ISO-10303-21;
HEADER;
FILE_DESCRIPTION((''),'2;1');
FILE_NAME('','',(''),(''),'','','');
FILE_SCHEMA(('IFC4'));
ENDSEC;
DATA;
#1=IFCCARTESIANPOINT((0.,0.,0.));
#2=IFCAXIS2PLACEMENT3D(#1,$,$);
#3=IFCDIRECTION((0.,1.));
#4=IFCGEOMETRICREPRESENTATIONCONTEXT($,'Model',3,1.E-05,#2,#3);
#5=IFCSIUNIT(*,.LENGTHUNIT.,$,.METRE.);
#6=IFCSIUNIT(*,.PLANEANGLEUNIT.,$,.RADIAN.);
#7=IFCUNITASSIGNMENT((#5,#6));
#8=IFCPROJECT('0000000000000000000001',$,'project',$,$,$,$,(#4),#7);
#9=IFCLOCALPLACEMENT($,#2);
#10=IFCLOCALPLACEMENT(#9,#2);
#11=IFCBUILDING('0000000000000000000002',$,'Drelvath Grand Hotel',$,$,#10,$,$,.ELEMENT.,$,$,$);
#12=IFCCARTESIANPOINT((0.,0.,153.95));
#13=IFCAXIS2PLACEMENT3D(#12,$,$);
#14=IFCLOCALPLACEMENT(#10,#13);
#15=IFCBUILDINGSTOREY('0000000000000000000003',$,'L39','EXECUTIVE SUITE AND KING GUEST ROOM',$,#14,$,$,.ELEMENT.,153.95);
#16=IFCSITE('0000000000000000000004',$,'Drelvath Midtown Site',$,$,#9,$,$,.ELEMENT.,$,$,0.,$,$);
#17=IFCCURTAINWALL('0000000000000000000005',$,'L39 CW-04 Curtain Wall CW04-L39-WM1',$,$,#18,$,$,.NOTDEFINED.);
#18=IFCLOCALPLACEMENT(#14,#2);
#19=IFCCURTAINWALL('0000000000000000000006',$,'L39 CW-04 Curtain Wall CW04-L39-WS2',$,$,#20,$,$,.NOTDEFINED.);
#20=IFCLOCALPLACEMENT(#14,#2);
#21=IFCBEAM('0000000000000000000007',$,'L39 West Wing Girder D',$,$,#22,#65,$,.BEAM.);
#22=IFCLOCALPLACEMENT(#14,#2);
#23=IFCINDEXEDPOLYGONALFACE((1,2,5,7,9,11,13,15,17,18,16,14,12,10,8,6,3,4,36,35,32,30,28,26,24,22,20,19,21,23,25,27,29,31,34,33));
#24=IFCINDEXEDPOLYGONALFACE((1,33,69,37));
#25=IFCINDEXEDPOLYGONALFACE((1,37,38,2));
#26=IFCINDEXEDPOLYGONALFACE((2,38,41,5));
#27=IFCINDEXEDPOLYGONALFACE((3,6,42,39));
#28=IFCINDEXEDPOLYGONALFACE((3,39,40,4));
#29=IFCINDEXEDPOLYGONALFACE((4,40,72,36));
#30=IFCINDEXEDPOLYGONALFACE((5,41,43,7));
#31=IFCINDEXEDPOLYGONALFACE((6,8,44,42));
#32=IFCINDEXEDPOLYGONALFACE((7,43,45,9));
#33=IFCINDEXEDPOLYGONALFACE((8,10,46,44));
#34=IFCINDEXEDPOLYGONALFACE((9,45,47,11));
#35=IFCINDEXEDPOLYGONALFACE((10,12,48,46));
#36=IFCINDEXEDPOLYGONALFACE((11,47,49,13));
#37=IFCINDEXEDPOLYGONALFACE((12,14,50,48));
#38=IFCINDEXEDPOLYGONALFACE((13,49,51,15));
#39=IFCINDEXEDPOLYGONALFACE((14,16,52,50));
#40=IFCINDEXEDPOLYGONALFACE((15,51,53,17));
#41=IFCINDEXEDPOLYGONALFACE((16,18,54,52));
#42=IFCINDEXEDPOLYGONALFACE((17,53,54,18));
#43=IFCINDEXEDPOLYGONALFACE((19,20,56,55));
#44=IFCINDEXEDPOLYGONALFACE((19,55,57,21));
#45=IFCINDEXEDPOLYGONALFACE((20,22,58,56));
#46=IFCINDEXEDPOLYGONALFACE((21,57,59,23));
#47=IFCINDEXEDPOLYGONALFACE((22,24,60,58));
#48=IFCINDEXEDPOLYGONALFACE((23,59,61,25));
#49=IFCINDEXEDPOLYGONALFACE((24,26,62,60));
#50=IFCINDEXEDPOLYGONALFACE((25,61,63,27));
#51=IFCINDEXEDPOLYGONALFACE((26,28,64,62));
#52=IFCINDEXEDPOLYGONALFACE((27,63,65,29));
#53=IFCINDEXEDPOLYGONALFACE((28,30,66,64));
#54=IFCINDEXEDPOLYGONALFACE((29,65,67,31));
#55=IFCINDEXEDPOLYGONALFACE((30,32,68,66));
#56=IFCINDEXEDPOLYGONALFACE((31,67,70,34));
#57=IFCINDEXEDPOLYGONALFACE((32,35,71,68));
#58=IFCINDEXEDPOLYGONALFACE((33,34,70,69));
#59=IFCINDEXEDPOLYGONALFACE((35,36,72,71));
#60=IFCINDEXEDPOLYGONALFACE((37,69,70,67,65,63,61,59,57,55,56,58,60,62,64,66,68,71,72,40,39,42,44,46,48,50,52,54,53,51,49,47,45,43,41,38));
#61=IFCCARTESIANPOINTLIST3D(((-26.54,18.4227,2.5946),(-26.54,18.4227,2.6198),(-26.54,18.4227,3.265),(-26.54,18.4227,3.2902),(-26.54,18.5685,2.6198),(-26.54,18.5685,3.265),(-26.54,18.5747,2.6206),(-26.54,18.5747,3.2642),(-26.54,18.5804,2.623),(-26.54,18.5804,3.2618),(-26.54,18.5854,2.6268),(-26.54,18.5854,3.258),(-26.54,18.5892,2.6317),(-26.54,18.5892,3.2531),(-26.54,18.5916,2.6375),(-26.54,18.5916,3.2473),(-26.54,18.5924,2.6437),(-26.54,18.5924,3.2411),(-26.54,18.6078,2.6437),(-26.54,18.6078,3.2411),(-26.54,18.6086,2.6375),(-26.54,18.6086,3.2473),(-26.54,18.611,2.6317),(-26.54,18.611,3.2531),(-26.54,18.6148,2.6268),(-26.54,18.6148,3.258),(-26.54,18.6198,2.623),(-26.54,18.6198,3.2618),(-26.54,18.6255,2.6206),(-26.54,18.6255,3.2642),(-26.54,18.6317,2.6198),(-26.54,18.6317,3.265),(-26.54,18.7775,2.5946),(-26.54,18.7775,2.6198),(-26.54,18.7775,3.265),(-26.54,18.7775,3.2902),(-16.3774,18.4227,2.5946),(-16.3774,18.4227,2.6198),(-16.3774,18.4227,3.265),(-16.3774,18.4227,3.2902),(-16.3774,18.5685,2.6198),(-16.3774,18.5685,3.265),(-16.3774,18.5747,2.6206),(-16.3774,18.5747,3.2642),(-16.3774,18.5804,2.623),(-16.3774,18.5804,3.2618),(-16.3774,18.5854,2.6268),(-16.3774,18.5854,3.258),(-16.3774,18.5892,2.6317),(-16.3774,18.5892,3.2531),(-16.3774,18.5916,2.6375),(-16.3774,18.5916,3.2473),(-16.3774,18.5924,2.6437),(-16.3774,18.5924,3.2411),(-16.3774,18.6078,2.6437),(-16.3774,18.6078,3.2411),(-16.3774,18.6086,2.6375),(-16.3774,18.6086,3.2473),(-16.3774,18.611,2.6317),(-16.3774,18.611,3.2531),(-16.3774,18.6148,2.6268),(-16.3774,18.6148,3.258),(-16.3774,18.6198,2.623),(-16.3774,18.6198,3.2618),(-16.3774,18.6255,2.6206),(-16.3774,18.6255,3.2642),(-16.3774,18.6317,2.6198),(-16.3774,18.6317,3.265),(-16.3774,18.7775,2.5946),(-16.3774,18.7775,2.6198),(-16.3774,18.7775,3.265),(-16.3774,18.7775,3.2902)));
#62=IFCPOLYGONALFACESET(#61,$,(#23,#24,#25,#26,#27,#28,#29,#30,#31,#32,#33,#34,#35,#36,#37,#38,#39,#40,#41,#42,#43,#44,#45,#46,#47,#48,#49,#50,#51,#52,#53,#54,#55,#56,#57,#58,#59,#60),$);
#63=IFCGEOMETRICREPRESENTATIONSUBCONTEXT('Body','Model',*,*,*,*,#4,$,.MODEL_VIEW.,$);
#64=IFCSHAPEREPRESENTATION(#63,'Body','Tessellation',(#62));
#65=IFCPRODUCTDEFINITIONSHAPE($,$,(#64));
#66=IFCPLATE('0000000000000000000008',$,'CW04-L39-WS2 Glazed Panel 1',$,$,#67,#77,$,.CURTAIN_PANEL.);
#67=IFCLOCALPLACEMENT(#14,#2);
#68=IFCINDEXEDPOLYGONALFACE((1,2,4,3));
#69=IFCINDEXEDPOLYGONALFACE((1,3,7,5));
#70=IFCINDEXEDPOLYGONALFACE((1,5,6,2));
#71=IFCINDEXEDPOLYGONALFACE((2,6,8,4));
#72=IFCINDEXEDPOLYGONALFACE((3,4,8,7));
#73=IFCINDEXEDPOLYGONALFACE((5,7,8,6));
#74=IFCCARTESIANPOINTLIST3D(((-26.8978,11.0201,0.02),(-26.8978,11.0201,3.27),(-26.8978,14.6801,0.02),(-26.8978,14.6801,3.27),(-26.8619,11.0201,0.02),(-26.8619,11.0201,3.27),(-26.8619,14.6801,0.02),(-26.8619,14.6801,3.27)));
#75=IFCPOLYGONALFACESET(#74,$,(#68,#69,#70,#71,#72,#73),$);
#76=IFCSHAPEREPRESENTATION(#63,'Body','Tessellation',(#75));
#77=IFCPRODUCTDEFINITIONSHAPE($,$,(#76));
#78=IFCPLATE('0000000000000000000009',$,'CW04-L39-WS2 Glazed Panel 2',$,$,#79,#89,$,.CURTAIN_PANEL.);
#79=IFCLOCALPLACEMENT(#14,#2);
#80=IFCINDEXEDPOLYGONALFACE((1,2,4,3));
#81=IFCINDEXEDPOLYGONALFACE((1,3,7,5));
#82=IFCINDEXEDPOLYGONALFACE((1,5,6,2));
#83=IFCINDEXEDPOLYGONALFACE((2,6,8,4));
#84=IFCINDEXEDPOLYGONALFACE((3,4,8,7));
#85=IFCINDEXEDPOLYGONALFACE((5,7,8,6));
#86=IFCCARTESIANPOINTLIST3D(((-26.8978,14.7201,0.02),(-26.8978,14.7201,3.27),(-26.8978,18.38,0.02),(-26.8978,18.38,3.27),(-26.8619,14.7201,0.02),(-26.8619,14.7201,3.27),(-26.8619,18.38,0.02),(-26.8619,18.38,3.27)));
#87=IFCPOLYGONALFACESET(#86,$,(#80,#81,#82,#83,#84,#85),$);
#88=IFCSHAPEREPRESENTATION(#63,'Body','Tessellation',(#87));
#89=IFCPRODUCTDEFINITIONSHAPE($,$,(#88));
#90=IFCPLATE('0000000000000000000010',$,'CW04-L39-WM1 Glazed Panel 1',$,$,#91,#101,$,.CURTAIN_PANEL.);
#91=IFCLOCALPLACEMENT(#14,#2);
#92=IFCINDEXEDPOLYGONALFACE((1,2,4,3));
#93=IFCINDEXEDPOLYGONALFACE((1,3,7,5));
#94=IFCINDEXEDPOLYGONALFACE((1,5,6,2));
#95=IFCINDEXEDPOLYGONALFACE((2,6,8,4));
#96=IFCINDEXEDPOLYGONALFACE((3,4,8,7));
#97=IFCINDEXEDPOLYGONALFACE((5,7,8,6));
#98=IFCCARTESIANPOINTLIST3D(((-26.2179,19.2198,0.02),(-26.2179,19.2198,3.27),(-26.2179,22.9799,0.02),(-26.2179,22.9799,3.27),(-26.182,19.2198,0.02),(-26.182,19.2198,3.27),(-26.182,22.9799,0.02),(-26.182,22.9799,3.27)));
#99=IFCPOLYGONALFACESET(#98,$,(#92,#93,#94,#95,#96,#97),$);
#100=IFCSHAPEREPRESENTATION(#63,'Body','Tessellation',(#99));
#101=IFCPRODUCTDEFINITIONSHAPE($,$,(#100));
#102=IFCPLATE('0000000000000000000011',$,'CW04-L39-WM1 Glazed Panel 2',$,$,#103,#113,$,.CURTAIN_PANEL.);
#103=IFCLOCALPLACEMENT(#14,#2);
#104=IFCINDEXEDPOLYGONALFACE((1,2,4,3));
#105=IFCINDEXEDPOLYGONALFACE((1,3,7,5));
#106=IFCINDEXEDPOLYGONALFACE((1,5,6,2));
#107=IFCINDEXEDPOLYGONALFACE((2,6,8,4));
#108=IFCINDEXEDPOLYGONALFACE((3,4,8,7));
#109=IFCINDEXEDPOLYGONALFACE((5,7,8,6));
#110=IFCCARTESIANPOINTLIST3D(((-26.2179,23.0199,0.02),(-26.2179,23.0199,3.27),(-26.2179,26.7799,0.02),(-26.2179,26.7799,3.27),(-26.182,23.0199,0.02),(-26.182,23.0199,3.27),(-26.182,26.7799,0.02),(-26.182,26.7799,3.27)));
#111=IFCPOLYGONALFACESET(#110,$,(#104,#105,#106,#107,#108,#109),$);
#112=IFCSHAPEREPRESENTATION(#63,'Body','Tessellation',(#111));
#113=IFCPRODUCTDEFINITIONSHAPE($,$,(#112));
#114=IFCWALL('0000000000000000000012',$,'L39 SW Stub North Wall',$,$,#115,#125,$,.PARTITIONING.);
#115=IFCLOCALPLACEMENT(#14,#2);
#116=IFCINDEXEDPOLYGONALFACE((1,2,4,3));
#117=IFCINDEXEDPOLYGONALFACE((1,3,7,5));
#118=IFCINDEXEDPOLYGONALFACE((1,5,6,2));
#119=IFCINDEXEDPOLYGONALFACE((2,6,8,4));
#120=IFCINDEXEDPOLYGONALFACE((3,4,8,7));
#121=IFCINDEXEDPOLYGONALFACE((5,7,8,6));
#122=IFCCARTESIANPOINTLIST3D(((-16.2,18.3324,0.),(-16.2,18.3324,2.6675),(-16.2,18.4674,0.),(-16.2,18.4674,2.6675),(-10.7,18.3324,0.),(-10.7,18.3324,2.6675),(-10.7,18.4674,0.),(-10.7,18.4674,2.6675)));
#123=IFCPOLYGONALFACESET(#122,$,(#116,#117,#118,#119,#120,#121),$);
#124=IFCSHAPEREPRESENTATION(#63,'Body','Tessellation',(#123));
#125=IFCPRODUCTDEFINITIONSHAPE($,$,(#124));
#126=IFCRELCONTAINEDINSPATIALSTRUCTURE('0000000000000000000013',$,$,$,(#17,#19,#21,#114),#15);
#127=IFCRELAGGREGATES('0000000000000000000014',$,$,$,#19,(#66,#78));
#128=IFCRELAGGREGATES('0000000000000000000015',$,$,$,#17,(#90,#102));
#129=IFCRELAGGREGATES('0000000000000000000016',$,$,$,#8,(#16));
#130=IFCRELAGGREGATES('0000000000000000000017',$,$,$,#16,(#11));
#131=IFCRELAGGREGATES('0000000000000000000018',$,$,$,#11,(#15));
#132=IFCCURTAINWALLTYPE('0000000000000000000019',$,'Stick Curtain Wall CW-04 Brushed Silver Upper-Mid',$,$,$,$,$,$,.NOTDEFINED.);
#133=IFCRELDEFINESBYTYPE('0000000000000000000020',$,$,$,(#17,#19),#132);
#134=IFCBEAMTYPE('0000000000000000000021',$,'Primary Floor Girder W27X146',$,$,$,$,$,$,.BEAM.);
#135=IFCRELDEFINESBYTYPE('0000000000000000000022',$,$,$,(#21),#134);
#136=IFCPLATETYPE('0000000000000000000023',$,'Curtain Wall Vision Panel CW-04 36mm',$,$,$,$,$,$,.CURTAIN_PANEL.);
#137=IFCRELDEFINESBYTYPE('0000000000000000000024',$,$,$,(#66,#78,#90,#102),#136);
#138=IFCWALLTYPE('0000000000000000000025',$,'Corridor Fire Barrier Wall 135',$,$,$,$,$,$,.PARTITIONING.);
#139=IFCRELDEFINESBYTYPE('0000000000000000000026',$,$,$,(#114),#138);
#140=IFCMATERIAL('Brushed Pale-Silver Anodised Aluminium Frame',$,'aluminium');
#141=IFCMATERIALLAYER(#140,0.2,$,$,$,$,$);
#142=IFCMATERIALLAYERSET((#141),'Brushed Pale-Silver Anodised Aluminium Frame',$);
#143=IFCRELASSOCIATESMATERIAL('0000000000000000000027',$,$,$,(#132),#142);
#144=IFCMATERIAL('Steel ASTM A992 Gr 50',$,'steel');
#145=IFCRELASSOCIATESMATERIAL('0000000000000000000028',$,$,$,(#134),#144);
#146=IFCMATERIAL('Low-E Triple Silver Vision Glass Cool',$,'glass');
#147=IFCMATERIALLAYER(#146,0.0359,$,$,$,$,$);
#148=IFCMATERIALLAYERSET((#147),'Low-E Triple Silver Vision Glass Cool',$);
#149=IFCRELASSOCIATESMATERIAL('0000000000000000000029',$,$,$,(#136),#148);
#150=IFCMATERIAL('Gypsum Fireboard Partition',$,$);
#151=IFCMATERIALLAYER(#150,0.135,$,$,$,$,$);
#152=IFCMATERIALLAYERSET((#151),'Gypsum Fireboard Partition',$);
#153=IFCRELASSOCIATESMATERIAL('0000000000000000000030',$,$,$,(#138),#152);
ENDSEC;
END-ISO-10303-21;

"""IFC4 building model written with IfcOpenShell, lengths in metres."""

from ifc_helpers import new_model, si_unit, direction, frame, frame_2d, origin, origin_2d, place, context, subcontext, project, spatial, rectangle, i_section, extrude, material, layer, layer_set, material_profile, profile_set, type_object, element, aggregate, save


model = new_model("IFC4")

# Units and contexts
model_context = context("Model", 3, precision=1e-05, world=origin(), true_north=direction((0.0, 1.0)))
body_context = subcontext(model_context, "Body", "Model", "MODEL_VIEW")
ifc_project = project(units=[si_unit("LENGTHUNIT", "METRE"), si_unit("PLANEANGLEUNIT", "RADIAN")], contexts=[model_context])

# Site, building, storey
site_placement = place(None, origin())
site = spatial("IfcSite", under=ifc_project, at=site_placement, Name="Drelvath Midtown Site", CompositionType="ELEMENT", RefElevation=0.0)
building_placement = place(site_placement, origin())
building = spatial("IfcBuilding", under=site, at=building_placement, Name="Drelvath Grand Hotel", CompositionType="ELEMENT")
storey_placement = place(building_placement, frame((0.0, 0.0, 153.95)))
storey = spatial("IfcBuildingStorey", under=building, at=storey_placement, Name="L39", Description="EXECUTIVE SUITE AND KING GUEST ROOM", CompositionType="ELEMENT", Elevation=153.95)

# Shared definitions
ifc_material_1 = material(Name="Steel ASTM A992 Gr 50", Category="steel")

# Curtain wall
ifc_material_2 = material(Name="Brushed Pale-Silver Anodised Aluminium Frame", Category="aluminium")
ifc_layer_1 = layer(ifc_material_2, 0.2)
ifc_layer_set_1 = layer_set([ifc_layer_1], Name="Brushed Pale-Silver Anodised Aluminium Frame")
curtain_wall_type = type_object("IfcCurtainWallType", Name="Stick Curtain Wall CW-04 Brushed Silver Upper-Mid", PredefinedType="NOTDEFINED", material=ifc_layer_set_1)
curtain_wall_1_placement = place(storey_placement, origin())
curtain_wall_1 = element("IfcCurtainWall", 1, at=curtain_wall_1_placement, inside=storey, type_object=curtain_wall_type, Name="L39 CW-04 Curtain Wall CW04-L39-WM1", PredefinedType="NOTDEFINED")

# Curtain wall
curtain_wall_2_placement = place(storey_placement, origin())
curtain_wall_2 = element("IfcCurtainWall", 2, at=curtain_wall_2_placement, inside=storey, type_object=curtain_wall_type, Name="L39 CW-04 Curtain Wall CW04-L39-WS2", PredefinedType="NOTDEFINED")

# Beam
ifc_material_profile_1 = material_profile(ifc_material_1, i_section(OverallWidth=0.3547, OverallDepth=0.6956, WebThickness=0.0154, FlangeThickness=0.0251, FilletRadius=0.0239, at=origin_2d()), Name="W27X146")
ifc_profile_set_1 = profile_set([ifc_material_profile_1], Name="Steel ASTM A992 Gr 50")
beam_type_1 = type_object("IfcBeamType", Name="Primary Floor Girder W27X146", PredefinedType="BEAM", material=ifc_profile_set_1)
beam_1_placement = place(storey_placement, frame((-26.54, 18.6001, 2.9424), z_axis=(1.0, 0.0, 0.0), x_axis=(0.0, 1.0, 0.0)))
element("IfcBeam", 3, at=beam_1_placement, inside=storey, type_object=beam_type_1, Name="L39 West Wing Girder D", PredefinedType="BEAM", context=body_context, shape_type="SweptSolid", body=[
    extrude(i_section(OverallWidth=0.3547, OverallDepth=0.6956, WebThickness=0.0154, FlangeThickness=0.0251, FilletRadius=0.0239, at=origin_2d()), origin(), (0.0, 0.0, 1.0), 10.1626),
])

# Plates
ifc_material_3 = material(Name="Low-E Triple Silver Vision Glass Cool", Category="glass")
ifc_layer_2 = layer(ifc_material_3, 0.0359)
ifc_layer_set_2 = layer_set([ifc_layer_2], Name="Low-E Triple Silver Vision Glass Cool")
plate_type = type_object("IfcPlateType", Name="Curtain Wall Vision Panel CW-04 36mm", PredefinedType="CURTAIN_PANEL", material=ifc_layer_set_2)
plate_1_placement = place(storey_placement, frame((-26.8799, 12.8501, 0.02), z_axis=(0.0, 0.0, 1.0), x_axis=(0.0, 1.0, 0.0)))
plate_1 = element("IfcPlate", 4, at=plate_1_placement, type_object=plate_type, Name="CW04-L39-WS2 Glazed Panel 1", PredefinedType="CURTAIN_PANEL", context=body_context, shape_type="SweptSolid", body=[
    extrude(rectangle(XDim=3.6599, YDim=0.0359, at=origin_2d()), origin(), (0.0, 0.0, 1.0), 3.25),
])
plate_2_placement = place(storey_placement, frame((-26.8799, 16.55, 0.02), z_axis=(0.0, 0.0, 1.0), x_axis=(0.0, 1.0, 0.0)))
plate_2 = element("IfcPlate", 5, at=plate_2_placement, type_object=plate_type, Name="CW04-L39-WS2 Glazed Panel 2", PredefinedType="CURTAIN_PANEL", context=body_context, shape_type="SweptSolid", body=[
    extrude(rectangle(XDim=3.6599, YDim=0.0359, at=origin_2d()), origin(), (0.0, 0.0, 1.0), 3.25),
])
aggregate(curtain_wall_2, [plate_1, plate_2])
plate_3_placement = place(storey_placement, frame((-26.2, 21.0999, 0.02), z_axis=(0.0, 0.0, 1.0), x_axis=(0.0, 1.0, 0.0)))
plate_3 = element("IfcPlate", 6, at=plate_3_placement, type_object=plate_type, Name="CW04-L39-WM1 Glazed Panel 1", PredefinedType="CURTAIN_PANEL", context=body_context, shape_type="SweptSolid", body=[
    extrude(rectangle(XDim=3.76, YDim=0.0359, at=origin_2d()), origin(), (0.0, 0.0, 1.0), 3.25),
])
plate_4_placement = place(storey_placement, frame((-26.2, 24.8999, 0.02), z_axis=(0.0, 0.0, 1.0), x_axis=(0.0, 1.0, 0.0)))
plate_4 = element("IfcPlate", 7, at=plate_4_placement, type_object=plate_type, Name="CW04-L39-WM1 Glazed Panel 2", PredefinedType="CURTAIN_PANEL", context=body_context, shape_type="SweptSolid", body=[
    extrude(rectangle(XDim=3.76, YDim=0.0359, at=origin_2d()), origin(), (0.0, 0.0, 1.0), 3.25),
])
aggregate(curtain_wall_1, [plate_3, plate_4])

# Wall
ifc_material_4 = material(Name="Gypsum Fireboard Partition")
ifc_layer_3 = layer(ifc_material_4, 0.135)
ifc_layer_set_3 = layer_set([ifc_layer_3], Name="Gypsum Fireboard Partition")
wall_type_1 = type_object("IfcWallType", Name="Corridor Fire Barrier Wall 135", PredefinedType="PARTITIONING", material=ifc_layer_set_3)
wall_1_placement = place(storey_placement, frame((-16.2, 18.3999, 0.0), z_axis=(0.0, 0.0, 1.0), x_axis=(1.0, 0.0, 0.0)))
element("IfcWall", 8, at=wall_1_placement, inside=storey, type_object=wall_type_1, Name="L39 SW Stub North Wall", PredefinedType="PARTITIONING", context=body_context, shape_type="SweptSolid", body=[
    extrude(rectangle(XDim=5.5, YDim=0.135, at=frame_2d((2.75, 0.0))), origin(), (0.0, 0.0, 1.0), 2.6675),
])

save(model, "model.ifc")
